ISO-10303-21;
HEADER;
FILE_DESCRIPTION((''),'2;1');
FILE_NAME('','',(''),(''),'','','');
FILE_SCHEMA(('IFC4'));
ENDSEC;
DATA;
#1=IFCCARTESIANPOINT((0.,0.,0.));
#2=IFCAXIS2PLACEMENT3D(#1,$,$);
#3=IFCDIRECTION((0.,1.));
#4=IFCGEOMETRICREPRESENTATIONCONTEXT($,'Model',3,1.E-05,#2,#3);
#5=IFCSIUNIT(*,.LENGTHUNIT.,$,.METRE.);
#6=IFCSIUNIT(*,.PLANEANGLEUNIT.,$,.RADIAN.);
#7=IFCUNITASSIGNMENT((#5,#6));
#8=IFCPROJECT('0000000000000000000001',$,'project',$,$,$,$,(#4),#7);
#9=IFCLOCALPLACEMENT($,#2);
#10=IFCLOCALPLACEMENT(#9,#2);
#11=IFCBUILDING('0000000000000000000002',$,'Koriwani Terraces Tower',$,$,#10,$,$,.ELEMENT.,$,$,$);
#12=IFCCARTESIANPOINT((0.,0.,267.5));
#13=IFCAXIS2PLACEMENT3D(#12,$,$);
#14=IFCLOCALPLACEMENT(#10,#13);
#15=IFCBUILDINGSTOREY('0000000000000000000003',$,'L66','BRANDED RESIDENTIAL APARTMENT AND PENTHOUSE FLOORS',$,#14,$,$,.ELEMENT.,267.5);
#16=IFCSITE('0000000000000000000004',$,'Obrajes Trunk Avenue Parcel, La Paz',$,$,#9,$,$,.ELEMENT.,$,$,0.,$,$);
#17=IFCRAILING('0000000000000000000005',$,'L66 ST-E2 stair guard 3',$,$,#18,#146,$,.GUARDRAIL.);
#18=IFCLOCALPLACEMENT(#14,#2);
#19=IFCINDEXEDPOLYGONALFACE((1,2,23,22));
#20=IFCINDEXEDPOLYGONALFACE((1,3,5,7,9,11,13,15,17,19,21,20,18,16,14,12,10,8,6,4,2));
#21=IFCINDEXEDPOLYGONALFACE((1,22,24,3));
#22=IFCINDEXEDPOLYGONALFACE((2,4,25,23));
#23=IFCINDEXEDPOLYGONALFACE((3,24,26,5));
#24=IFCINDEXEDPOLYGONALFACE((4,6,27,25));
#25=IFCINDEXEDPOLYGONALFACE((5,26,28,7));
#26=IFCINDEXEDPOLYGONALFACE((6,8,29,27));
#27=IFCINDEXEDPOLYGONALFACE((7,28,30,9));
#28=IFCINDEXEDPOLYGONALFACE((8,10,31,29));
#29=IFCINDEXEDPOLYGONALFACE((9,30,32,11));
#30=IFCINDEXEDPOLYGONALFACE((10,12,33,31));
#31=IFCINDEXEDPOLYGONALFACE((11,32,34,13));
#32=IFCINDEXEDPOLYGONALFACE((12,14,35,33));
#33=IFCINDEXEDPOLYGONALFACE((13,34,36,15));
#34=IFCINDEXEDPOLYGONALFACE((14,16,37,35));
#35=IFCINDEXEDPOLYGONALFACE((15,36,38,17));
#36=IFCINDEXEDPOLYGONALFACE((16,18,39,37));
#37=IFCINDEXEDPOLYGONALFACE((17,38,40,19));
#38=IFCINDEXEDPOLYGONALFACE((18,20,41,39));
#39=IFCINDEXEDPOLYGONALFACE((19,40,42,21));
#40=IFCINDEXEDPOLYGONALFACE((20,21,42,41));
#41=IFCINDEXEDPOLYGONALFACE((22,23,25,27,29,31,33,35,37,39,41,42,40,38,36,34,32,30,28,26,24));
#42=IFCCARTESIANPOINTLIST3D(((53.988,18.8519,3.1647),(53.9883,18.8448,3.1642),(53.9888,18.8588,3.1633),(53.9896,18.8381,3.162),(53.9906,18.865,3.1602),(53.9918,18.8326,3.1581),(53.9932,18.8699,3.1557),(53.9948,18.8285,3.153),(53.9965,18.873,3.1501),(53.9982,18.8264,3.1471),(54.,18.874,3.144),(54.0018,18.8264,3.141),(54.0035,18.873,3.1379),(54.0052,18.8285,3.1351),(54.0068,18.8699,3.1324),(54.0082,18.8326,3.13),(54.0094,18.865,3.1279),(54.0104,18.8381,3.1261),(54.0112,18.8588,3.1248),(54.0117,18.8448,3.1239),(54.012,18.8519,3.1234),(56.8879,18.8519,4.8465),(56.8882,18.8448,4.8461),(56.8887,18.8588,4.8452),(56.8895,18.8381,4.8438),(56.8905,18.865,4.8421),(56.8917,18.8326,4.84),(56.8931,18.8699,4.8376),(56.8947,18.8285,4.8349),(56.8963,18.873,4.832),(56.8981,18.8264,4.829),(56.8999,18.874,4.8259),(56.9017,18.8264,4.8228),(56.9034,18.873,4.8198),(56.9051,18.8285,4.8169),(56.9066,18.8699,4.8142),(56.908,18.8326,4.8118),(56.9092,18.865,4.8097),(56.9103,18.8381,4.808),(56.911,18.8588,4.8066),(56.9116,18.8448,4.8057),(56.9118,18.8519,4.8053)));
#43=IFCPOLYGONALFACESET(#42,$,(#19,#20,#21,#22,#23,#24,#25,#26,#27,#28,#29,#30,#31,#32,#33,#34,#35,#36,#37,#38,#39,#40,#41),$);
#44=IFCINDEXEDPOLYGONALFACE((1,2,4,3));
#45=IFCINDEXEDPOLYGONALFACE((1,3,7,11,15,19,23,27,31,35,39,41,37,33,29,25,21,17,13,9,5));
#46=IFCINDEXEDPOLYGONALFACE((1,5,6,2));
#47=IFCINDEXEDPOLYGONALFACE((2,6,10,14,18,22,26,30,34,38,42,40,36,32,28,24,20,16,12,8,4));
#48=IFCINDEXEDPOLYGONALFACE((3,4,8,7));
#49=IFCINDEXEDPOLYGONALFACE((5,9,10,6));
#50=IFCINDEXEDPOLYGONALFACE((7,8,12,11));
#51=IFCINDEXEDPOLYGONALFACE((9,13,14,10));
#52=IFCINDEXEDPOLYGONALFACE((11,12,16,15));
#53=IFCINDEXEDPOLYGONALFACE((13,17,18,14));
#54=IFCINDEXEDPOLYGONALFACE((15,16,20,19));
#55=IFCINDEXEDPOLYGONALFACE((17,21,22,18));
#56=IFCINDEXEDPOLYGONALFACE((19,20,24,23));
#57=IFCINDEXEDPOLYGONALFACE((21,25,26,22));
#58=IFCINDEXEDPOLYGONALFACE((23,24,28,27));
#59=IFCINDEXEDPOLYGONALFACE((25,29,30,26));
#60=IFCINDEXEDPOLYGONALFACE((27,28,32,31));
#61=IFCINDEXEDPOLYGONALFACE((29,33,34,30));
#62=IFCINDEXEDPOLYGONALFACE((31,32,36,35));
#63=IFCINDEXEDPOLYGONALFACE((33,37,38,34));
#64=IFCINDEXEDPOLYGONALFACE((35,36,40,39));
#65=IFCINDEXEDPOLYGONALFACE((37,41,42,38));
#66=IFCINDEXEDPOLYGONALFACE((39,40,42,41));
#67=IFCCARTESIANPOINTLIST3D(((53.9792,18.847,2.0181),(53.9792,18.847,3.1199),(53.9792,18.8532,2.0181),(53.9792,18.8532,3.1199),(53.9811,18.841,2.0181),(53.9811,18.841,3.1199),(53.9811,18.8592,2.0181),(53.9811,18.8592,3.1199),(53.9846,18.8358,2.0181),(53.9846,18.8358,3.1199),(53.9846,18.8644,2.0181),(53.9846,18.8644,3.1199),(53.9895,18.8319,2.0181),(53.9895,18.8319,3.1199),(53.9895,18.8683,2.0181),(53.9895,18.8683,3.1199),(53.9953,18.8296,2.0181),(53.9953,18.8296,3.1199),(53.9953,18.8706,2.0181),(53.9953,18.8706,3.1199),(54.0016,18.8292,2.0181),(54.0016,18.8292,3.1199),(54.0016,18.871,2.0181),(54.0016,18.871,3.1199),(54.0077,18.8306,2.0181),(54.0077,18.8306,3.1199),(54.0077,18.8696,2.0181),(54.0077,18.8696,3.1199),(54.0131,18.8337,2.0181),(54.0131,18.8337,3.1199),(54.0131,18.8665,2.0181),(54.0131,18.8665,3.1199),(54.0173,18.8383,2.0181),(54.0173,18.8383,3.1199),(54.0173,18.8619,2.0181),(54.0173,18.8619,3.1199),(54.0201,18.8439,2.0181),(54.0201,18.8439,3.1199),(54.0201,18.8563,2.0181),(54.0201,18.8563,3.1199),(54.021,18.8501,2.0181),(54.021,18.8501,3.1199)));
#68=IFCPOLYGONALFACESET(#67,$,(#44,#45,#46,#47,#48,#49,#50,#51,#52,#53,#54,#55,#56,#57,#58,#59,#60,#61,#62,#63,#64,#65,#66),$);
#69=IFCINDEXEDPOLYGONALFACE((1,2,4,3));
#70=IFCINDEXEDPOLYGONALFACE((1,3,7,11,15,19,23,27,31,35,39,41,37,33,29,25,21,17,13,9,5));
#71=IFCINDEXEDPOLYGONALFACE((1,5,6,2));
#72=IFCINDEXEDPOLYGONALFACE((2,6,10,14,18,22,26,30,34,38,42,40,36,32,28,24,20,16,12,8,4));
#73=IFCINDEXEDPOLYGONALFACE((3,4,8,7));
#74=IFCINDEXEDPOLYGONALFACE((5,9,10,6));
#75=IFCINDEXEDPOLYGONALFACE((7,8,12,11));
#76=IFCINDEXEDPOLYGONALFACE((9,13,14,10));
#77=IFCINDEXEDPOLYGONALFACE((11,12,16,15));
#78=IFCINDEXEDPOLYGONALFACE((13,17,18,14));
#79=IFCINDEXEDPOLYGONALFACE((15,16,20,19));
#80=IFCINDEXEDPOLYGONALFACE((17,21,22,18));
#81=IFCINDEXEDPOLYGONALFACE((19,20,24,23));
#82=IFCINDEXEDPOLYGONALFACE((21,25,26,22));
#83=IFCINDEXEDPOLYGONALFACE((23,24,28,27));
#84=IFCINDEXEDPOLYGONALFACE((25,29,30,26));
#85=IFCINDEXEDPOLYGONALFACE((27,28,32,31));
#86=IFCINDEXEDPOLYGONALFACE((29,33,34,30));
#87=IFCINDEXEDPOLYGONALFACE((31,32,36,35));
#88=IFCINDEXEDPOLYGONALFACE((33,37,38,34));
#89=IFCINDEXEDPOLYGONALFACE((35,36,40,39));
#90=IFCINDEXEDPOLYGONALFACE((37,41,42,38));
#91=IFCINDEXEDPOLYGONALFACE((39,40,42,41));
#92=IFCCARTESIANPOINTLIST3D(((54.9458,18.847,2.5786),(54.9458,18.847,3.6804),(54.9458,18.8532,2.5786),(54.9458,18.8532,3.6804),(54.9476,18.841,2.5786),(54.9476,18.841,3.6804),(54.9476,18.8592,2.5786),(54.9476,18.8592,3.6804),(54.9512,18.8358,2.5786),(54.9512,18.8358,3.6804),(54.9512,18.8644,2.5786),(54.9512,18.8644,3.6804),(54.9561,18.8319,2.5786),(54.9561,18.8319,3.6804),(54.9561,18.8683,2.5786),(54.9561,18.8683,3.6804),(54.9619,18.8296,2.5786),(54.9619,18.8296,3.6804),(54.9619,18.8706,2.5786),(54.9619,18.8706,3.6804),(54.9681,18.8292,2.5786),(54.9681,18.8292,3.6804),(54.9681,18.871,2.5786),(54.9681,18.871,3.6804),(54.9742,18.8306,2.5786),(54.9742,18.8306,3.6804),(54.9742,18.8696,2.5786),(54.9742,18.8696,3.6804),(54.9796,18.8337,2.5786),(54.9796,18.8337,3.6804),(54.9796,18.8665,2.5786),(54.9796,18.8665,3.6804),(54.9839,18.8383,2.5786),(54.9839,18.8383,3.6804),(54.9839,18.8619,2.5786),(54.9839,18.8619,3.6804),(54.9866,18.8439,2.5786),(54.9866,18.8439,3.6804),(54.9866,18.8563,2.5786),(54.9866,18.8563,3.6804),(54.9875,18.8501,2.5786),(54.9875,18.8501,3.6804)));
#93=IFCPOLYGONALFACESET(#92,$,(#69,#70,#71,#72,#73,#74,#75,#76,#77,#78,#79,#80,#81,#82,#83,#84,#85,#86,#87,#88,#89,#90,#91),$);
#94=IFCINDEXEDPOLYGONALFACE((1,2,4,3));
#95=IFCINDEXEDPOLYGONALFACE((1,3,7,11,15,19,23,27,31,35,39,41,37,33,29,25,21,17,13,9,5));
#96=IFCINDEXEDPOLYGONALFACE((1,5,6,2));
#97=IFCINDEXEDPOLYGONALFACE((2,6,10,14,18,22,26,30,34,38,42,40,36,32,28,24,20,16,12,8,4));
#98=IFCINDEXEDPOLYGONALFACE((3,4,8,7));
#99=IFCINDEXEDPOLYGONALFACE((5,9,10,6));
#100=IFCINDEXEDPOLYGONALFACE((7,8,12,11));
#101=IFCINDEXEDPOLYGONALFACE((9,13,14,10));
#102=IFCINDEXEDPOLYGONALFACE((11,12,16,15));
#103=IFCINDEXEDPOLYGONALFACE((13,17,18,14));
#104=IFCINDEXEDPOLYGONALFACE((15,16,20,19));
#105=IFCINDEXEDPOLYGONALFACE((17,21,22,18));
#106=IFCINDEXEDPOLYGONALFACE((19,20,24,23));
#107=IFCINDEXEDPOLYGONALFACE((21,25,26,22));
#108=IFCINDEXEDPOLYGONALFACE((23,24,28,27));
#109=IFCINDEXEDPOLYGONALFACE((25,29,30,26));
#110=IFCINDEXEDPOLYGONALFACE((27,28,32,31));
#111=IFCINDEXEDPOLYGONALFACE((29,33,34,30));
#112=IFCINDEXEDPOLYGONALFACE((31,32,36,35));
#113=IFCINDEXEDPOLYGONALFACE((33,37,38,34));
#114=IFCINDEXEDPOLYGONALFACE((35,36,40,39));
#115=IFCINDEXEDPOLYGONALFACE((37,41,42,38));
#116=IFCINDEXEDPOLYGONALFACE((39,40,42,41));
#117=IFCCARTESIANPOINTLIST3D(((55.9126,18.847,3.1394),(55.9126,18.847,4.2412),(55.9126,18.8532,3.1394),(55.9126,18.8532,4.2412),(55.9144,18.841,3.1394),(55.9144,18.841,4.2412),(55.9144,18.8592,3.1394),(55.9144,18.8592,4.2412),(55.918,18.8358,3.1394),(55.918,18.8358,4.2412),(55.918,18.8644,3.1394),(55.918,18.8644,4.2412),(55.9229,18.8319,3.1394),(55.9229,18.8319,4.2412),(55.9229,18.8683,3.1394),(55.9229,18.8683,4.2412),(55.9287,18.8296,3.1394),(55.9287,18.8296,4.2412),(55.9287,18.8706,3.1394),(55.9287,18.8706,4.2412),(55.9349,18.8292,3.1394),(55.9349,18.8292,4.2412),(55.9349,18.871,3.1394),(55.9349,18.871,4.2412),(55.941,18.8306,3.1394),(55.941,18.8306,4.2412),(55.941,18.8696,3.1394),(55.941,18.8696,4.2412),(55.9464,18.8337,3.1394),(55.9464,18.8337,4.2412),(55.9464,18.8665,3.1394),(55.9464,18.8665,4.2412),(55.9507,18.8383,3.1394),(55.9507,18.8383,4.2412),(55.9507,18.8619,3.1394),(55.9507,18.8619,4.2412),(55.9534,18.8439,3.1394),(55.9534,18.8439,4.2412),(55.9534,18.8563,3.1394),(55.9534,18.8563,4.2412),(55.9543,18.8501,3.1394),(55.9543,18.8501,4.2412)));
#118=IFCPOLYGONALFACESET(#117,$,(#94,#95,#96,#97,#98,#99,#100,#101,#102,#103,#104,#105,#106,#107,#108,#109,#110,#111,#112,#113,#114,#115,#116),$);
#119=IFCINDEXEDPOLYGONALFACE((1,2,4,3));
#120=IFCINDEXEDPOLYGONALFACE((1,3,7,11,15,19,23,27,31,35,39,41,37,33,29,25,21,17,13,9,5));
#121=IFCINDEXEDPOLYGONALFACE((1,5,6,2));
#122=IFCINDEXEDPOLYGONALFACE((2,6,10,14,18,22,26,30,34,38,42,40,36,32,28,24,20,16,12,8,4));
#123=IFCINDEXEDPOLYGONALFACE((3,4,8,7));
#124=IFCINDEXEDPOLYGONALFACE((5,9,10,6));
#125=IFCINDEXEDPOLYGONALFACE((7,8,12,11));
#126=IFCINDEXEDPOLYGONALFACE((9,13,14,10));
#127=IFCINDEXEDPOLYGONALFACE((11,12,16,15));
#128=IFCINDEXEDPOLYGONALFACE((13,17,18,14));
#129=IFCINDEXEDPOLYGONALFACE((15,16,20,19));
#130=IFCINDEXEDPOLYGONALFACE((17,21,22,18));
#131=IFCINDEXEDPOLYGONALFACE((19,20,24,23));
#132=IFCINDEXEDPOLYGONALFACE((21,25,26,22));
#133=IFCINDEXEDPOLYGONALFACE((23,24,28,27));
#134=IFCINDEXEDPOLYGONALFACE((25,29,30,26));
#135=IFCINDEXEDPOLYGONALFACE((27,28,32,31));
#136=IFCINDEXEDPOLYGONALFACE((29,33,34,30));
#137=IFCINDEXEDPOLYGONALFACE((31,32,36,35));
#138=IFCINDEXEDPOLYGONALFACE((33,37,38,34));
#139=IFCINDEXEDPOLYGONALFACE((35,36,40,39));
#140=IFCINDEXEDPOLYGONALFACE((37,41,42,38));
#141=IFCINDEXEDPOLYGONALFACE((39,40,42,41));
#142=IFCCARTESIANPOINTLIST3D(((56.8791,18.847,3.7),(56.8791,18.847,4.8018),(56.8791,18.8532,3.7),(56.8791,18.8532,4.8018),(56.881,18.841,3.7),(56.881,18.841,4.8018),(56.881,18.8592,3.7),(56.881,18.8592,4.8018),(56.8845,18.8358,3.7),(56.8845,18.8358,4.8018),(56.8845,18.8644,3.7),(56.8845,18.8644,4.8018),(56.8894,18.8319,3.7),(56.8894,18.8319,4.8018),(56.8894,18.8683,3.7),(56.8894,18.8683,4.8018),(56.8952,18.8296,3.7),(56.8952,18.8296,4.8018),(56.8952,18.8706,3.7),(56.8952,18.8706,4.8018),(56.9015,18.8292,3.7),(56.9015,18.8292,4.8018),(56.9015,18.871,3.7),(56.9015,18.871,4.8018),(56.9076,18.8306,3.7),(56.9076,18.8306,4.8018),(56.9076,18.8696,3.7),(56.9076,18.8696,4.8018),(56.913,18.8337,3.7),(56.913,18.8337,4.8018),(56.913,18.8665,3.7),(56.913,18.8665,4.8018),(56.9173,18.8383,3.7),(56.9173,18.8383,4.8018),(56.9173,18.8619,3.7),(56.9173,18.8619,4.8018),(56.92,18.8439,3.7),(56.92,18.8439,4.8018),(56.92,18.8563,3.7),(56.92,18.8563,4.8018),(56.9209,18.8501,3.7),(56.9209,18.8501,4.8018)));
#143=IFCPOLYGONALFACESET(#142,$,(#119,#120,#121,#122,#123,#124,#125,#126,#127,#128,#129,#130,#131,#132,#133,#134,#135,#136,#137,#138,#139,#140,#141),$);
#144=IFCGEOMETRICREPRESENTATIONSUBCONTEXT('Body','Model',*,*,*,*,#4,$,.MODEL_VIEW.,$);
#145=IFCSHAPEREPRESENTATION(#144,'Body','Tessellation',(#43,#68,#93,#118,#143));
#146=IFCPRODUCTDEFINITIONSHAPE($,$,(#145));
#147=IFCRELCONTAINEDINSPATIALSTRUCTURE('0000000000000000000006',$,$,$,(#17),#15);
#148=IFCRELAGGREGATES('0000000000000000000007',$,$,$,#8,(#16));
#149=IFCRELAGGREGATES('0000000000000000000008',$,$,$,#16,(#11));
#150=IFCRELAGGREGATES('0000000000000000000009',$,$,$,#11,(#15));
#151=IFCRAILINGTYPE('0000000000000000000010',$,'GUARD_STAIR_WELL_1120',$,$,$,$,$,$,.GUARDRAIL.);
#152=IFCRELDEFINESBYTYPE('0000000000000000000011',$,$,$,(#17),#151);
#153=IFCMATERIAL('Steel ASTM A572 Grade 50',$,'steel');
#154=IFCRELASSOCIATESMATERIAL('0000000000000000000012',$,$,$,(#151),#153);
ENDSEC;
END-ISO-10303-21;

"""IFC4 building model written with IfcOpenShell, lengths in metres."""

from ifc_helpers import new_model, si_unit, direction, frame, origin, origin_2d, place, context, subcontext, project, spatial, circle, extrude, material, type_object, element, save


model = new_model("IFC4")

# Units and contexts
model_context = context("Model", 3, precision=1e-05, world=origin(), true_north=direction((0.0, 1.0)))
body_context = subcontext(model_context, "Body", "Model", "MODEL_VIEW")
ifc_project = project(units=[si_unit("LENGTHUNIT", "METRE"), si_unit("PLANEANGLEUNIT", "RADIAN")], contexts=[model_context])

# Site, building, storey
site_placement = place(None, origin())
site = spatial("IfcSite", under=ifc_project, at=site_placement, Name="Obrajes Trunk Avenue Parcel, La Paz", CompositionType="ELEMENT", RefElevation=0.0)
building_placement = place(site_placement, origin())
building = spatial("IfcBuilding", under=site, at=building_placement, Name="Koriwani Terraces Tower", CompositionType="ELEMENT")
storey_placement = place(building_placement, frame((0.0, 0.0, 267.5)))
storey = spatial("IfcBuildingStorey", under=building, at=storey_placement, Name="L66", Description="BRANDED RESIDENTIAL APARTMENT AND PENTHOUSE FLOORS", CompositionType="ELEMENT", Elevation=267.5)

# Shared definitions
ifc_material_1 = material(Name="Steel ASTM A572 Grade 50", Category="steel")

# Railing
railing_type_1 = type_object("IfcRailingType", Name="GUARD_STAIR_WELL_1120", PredefinedType="GUARDRAIL", material=ifc_material_1)
railing_1_placement = place(storey_placement, frame((54.0, 18.8501, 2.0181)))
element("IfcRailing", 1, at=railing_1_placement, inside=storey, type_object=railing_type_1, Name="L66 ST-E2 stair guard 3", PredefinedType="GUARDRAIL", context=body_context, shape_type="SweptSolid", body=[
    extrude(circle(Radius=0.0239, at=origin_2d()), frame((0.0, 0.0, 1.126), z_axis=(0.865039, 0.0, 0.501705), x_axis=(0.0, 1.0, 0.0)), (0.0, 0.0, 1.0), 3.3523),
    extrude(circle(Radius=0.021, at=origin_2d()), origin(), (0.0, 0.0, 1.0), 1.1018),
    extrude(circle(Radius=0.021, at=origin_2d()), frame((0.9666, 0.0, 0.5605)), (0.0, 0.0, 1.0), 1.1018),
    extrude(circle(Radius=0.021, at=origin_2d()), frame((1.9333, 0.0, 1.1213)), (0.0, 0.0, 1.0), 1.1018),
    extrude(circle(Radius=0.021, at=origin_2d()), frame((2.8999, 0.0, 1.6819)), (0.0, 0.0, 1.0), 1.1018),
])

save(model, "model.ifc")
